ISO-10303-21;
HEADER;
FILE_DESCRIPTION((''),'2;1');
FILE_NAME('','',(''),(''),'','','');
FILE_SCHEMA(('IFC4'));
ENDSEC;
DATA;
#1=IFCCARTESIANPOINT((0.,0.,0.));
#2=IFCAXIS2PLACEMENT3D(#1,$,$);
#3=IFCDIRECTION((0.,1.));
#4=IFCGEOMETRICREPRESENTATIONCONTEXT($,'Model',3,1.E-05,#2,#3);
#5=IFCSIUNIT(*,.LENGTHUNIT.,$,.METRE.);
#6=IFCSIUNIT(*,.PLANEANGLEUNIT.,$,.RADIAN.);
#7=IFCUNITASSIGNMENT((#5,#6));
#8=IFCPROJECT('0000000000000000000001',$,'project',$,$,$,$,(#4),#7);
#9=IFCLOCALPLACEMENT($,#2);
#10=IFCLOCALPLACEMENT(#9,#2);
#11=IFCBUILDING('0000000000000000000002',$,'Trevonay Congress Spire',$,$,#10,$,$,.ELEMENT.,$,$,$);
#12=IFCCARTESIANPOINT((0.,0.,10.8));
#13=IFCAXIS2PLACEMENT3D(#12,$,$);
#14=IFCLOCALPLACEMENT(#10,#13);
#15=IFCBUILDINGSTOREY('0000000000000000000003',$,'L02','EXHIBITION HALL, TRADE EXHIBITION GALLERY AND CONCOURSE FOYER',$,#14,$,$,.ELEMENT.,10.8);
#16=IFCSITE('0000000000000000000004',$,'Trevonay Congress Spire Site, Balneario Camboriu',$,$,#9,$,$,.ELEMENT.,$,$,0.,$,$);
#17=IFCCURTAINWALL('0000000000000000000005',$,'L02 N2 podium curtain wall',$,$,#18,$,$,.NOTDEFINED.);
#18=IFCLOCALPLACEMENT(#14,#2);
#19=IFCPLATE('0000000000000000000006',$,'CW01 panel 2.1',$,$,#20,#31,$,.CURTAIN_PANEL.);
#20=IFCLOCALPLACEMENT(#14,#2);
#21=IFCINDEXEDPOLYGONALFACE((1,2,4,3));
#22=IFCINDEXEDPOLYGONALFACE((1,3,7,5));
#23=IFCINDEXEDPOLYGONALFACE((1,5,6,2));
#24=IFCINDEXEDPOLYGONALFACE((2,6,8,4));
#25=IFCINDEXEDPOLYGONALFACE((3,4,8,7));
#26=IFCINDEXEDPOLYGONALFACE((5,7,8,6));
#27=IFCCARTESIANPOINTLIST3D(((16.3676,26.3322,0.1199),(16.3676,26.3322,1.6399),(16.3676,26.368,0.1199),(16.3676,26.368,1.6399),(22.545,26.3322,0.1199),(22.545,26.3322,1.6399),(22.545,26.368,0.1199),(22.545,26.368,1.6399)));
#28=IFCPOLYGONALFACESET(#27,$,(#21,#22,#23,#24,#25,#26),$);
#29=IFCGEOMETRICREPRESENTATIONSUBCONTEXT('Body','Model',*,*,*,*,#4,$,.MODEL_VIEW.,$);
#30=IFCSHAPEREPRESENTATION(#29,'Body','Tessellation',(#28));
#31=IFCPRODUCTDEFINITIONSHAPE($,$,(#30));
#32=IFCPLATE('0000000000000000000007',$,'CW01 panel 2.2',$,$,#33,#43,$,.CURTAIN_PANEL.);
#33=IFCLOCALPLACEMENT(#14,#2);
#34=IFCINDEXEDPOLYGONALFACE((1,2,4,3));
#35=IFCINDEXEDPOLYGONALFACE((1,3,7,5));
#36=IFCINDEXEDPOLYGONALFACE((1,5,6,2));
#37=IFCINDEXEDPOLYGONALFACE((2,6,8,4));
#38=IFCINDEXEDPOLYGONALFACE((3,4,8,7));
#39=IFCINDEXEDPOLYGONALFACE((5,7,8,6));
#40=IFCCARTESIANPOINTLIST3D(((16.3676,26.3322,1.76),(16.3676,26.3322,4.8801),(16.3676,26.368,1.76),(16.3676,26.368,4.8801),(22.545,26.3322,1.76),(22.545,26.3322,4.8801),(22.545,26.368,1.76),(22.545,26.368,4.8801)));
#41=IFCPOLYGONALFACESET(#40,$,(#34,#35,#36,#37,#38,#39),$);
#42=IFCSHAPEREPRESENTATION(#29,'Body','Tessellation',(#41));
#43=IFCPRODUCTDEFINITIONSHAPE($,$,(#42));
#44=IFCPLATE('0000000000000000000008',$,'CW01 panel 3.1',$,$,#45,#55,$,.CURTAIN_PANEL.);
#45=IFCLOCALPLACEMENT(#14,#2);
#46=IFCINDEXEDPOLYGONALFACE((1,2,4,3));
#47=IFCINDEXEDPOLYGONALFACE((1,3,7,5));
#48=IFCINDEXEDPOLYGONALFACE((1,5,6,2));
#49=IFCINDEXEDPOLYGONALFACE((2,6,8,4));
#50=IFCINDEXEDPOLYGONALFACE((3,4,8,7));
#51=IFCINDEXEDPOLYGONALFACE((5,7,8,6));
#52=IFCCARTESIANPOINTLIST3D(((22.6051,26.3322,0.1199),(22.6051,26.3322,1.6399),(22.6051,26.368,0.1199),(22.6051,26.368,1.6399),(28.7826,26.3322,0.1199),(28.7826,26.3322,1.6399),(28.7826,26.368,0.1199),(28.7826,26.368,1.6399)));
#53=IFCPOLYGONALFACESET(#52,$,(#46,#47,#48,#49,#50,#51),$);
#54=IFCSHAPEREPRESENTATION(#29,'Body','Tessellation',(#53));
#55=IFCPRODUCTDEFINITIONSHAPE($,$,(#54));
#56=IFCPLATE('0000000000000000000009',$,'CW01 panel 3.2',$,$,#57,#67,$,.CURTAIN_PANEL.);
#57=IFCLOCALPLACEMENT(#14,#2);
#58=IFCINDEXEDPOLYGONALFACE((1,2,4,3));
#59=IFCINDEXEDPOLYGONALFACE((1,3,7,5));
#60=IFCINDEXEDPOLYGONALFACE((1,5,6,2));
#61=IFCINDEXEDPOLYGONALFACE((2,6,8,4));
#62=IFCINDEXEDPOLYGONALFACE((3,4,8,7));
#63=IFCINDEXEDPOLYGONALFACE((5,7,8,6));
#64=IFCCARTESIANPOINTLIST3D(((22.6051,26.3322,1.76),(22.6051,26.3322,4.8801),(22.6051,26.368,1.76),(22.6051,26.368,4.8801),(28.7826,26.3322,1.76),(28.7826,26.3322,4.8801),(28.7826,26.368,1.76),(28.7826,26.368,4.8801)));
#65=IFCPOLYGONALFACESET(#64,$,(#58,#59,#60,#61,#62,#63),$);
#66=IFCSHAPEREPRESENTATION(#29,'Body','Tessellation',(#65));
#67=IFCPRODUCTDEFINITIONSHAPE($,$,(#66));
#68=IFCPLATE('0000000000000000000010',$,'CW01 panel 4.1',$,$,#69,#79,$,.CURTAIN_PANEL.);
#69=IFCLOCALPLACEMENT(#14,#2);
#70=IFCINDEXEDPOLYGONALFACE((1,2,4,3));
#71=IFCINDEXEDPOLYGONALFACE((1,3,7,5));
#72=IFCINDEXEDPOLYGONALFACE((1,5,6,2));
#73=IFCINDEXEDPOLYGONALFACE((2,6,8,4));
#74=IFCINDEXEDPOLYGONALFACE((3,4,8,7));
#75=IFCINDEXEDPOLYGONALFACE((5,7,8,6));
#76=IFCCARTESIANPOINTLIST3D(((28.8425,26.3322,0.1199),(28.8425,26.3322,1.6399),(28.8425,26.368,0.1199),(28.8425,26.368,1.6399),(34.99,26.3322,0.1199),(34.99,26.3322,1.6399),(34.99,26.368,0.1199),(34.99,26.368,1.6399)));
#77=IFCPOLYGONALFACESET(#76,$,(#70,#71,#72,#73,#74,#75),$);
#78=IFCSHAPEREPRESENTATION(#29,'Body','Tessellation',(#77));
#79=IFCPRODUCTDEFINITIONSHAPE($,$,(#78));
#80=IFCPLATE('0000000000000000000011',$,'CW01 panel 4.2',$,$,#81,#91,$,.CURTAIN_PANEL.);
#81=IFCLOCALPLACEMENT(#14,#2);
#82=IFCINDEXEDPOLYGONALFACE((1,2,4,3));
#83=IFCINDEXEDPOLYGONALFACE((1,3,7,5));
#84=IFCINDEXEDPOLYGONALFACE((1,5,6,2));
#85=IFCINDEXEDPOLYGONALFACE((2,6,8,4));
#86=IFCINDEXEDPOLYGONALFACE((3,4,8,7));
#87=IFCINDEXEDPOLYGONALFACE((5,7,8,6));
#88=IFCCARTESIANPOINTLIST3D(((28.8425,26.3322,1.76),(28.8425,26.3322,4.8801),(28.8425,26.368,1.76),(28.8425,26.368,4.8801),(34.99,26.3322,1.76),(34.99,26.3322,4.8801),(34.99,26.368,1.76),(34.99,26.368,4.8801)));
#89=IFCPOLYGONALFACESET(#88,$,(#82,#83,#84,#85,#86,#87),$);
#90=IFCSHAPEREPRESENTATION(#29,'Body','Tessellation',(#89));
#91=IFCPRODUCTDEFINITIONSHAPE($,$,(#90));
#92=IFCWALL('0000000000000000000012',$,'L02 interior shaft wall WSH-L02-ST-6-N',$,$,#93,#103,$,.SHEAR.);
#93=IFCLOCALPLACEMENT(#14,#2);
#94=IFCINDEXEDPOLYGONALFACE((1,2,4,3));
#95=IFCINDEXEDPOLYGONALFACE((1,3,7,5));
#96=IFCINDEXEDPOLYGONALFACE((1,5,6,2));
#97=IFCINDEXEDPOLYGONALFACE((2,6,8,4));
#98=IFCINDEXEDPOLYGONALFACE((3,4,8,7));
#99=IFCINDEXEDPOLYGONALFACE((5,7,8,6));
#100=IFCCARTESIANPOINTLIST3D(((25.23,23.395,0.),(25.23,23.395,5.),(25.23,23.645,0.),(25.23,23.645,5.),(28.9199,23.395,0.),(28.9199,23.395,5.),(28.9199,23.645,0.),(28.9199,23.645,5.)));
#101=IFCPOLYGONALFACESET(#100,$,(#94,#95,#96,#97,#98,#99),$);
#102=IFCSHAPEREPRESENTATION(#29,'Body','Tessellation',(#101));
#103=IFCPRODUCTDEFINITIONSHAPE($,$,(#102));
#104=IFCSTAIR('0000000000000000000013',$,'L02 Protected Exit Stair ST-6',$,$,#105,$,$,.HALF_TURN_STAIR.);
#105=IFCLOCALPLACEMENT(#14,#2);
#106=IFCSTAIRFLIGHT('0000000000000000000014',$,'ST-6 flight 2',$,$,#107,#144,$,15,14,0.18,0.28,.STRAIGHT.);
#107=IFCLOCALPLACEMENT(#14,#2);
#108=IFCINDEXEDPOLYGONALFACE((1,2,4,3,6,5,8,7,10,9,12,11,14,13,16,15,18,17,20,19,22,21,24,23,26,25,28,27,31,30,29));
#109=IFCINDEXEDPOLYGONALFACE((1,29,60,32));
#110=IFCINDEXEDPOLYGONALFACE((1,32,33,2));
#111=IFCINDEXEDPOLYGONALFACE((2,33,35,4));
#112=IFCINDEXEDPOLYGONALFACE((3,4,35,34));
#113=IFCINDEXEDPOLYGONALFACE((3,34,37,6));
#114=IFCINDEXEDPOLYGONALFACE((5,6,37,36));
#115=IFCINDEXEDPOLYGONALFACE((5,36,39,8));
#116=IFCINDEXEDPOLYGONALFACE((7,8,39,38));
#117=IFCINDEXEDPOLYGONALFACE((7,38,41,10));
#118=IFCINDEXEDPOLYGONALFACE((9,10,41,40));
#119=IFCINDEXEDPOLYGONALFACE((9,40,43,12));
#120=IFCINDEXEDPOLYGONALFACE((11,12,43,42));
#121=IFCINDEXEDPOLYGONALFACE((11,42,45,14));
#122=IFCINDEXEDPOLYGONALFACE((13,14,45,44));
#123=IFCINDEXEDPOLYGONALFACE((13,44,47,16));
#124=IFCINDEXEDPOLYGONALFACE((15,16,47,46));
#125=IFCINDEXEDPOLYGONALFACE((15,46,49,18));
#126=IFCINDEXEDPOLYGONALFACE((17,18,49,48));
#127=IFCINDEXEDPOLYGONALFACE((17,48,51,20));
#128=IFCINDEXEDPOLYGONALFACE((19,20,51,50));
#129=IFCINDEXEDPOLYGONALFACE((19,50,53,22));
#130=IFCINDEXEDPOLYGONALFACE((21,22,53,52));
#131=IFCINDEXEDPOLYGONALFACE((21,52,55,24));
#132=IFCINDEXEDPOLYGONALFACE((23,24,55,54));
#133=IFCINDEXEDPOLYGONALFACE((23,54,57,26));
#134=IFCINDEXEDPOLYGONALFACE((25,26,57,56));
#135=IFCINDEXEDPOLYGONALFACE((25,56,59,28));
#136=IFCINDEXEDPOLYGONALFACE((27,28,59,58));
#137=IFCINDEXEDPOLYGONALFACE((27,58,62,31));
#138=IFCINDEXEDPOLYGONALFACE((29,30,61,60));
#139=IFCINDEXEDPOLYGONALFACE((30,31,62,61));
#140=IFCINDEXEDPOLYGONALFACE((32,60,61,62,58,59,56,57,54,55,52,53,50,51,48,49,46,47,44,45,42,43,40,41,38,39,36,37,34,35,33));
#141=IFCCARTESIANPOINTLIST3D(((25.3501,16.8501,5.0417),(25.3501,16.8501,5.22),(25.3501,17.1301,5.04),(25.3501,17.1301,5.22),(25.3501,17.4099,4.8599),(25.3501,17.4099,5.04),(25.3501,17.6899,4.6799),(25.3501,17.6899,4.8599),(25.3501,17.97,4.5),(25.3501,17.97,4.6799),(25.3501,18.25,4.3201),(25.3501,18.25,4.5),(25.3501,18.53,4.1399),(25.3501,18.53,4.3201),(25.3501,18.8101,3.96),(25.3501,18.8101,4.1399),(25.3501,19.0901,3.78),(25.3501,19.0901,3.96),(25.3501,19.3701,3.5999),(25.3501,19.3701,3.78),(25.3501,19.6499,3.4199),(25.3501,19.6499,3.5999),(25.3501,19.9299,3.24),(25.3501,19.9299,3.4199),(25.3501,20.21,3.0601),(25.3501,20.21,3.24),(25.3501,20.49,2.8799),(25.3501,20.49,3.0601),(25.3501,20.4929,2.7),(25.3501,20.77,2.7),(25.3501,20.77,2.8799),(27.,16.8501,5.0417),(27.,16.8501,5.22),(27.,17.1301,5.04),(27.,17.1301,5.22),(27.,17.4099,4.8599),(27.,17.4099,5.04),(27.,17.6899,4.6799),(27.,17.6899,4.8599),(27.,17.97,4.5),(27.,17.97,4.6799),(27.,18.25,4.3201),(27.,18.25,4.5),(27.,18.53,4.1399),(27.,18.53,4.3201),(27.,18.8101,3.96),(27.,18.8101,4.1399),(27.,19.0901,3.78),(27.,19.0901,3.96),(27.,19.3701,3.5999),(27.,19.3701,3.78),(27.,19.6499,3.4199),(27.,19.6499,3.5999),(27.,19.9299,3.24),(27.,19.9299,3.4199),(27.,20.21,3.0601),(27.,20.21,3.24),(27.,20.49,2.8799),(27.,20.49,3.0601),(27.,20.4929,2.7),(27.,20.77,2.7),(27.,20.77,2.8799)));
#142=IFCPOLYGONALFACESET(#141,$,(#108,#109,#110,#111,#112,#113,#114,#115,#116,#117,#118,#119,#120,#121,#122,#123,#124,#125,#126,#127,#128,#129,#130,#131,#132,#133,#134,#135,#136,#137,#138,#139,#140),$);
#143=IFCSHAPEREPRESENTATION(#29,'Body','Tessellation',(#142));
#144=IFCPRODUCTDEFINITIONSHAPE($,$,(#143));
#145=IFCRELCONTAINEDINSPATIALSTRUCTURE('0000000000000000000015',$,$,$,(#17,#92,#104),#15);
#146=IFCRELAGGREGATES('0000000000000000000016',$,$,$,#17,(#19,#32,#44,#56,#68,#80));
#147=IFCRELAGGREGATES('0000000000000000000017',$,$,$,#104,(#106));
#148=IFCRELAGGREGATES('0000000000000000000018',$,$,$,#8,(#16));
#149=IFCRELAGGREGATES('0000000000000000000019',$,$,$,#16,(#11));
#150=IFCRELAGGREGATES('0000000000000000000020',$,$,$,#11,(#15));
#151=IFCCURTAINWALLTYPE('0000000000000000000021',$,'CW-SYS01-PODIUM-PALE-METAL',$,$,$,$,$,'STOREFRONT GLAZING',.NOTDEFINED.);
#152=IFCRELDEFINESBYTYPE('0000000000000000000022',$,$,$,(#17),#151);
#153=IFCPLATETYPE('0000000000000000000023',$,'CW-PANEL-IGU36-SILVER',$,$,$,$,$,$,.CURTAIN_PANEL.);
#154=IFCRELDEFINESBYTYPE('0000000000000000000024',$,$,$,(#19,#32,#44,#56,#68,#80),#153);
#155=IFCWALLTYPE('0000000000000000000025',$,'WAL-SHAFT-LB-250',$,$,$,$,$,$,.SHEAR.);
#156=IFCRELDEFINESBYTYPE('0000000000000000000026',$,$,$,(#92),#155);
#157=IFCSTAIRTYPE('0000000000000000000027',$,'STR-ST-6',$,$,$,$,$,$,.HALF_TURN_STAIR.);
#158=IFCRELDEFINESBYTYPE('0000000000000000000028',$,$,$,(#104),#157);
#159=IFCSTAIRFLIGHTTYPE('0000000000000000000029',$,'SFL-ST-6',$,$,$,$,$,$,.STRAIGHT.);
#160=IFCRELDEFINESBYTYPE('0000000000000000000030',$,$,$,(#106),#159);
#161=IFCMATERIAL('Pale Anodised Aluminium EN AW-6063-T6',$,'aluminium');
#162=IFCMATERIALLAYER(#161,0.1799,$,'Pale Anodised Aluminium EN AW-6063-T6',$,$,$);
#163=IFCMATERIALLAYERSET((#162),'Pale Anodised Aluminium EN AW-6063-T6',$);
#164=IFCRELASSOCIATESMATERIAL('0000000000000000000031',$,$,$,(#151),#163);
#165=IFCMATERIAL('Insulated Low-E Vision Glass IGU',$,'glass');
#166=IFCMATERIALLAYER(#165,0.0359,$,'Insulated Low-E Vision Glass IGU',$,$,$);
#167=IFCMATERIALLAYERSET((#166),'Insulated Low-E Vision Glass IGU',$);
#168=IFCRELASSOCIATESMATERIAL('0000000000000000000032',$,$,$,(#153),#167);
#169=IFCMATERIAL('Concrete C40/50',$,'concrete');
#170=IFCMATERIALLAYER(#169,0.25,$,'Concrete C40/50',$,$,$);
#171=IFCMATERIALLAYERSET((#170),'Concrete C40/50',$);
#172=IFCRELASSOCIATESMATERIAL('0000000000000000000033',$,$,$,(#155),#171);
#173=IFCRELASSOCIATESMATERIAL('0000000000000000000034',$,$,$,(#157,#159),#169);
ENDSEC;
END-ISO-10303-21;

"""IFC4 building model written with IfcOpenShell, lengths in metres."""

from ifc_helpers import new_model, si_unit, direction, frame, frame_2d, origin, origin_2d, place, context, subcontext, project, spatial, polyline, rectangle, outline, extrude, material, layer, layer_set, type_object, element, aggregate, save


model = new_model("IFC4")

# Units and contexts
model_context = context("Model", 3, precision=1e-05, world=origin(), true_north=direction((0.0, 1.0)))
body_context = subcontext(model_context, "Body", "Model", "MODEL_VIEW")
ifc_project = project(units=[si_unit("LENGTHUNIT", "METRE"), si_unit("PLANEANGLEUNIT", "RADIAN")], contexts=[model_context])

# Site, building, storey
site_placement = place(None, origin())
site = spatial("IfcSite", under=ifc_project, at=site_placement, Name="Trevonay Congress Spire Site, Balneario Camboriu", CompositionType="ELEMENT", RefElevation=0.0)
building_placement = place(site_placement, origin())
building = spatial("IfcBuilding", under=site, at=building_placement, Name="Trevonay Congress Spire", CompositionType="ELEMENT")
storey_placement = place(building_placement, frame((0.0, 0.0, 10.8)))
storey = spatial("IfcBuildingStorey", under=building, at=storey_placement, Name="L02", Description="EXHIBITION HALL, TRADE EXHIBITION GALLERY AND CONCOURSE FOYER", CompositionType="ELEMENT", Elevation=10.8)

# Curtain wall
ifc_material_1 = material(Name="Pale Anodised Aluminium EN AW-6063-T6", Category="aluminium")
ifc_layer_1 = layer(ifc_material_1, 0.1799, Name="Pale Anodised Aluminium EN AW-6063-T6")
ifc_layer_set_1 = layer_set([ifc_layer_1], Name="Pale Anodised Aluminium EN AW-6063-T6")
curtain_wall_type = type_object("IfcCurtainWallType", Name="CW-SYS01-PODIUM-PALE-METAL", ElementType="STOREFRONT GLAZING", PredefinedType="NOTDEFINED", material=ifc_layer_set_1)
curtain_wall_1_placement = place(storey_placement, origin())
curtain_wall_1 = element("IfcCurtainWall", 1, at=curtain_wall_1_placement, inside=storey, type_object=curtain_wall_type, Name="L02 N2 podium curtain wall", PredefinedType="NOTDEFINED")

# Plates
ifc_material_2 = material(Name="Insulated Low-E Vision Glass IGU", Category="glass")
ifc_layer_2 = layer(ifc_material_2, 0.0359, Name="Insulated Low-E Vision Glass IGU")
ifc_layer_set_2 = layer_set([ifc_layer_2], Name="Insulated Low-E Vision Glass IGU")
plate_type = type_object("IfcPlateType", Name="CW-PANEL-IGU36-SILVER", PredefinedType="CURTAIN_PANEL", material=ifc_layer_set_2)
plate_1_placement = place(storey_placement, frame((19.4563, 26.3501, 0.1199), z_axis=(0.0, 0.0, 1.0), x_axis=(1.0, 0.0, 0.0)))
plate_1 = element("IfcPlate", 2, at=plate_1_placement, type_object=plate_type, Name="CW01 panel 2.1", PredefinedType="CURTAIN_PANEL", context=body_context, shape_type="SweptSolid", body=[
    extrude(rectangle(XDim=6.1775, YDim=0.0359, at=origin_2d()), origin(), (0.0, 0.0, 1.0), 1.52),
])
plate_2_placement = place(storey_placement, frame((19.4563, 26.3501, 1.76), z_axis=(0.0, 0.0, 1.0), x_axis=(1.0, 0.0, 0.0)))
plate_2 = element("IfcPlate", 3, at=plate_2_placement, type_object=plate_type, Name="CW01 panel 2.2", PredefinedType="CURTAIN_PANEL", context=body_context, shape_type="SweptSolid", body=[
    extrude(rectangle(XDim=6.1775, YDim=0.0359, at=origin_2d()), origin(), (0.0, 0.0, 1.0), 3.1201),
])
plate_3_placement = place(storey_placement, frame((25.6938, 26.3501, 0.1199), z_axis=(0.0, 0.0, 1.0), x_axis=(1.0, 0.0, 0.0)))
plate_3 = element("IfcPlate", 4, at=plate_3_placement, type_object=plate_type, Name="CW01 panel 3.1", PredefinedType="CURTAIN_PANEL", context=body_context, shape_type="SweptSolid", body=[
    extrude(rectangle(XDim=6.1775, YDim=0.0359, at=origin_2d()), origin(), (0.0, 0.0, 1.0), 1.52),
])
plate_4_placement = place(storey_placement, frame((25.6938, 26.3501, 1.76), z_axis=(0.0, 0.0, 1.0), x_axis=(1.0, 0.0, 0.0)))
plate_4 = element("IfcPlate", 5, at=plate_4_placement, type_object=plate_type, Name="CW01 panel 3.2", PredefinedType="CURTAIN_PANEL", context=body_context, shape_type="SweptSolid", body=[
    extrude(rectangle(XDim=6.1775, YDim=0.0359, at=origin_2d()), origin(), (0.0, 0.0, 1.0), 3.1201),
])
plate_5_placement = place(storey_placement, frame((31.9163, 26.3501, 0.1199), z_axis=(0.0, 0.0, 1.0), x_axis=(1.0, 0.0, 0.0)))
plate_5 = element("IfcPlate", 6, at=plate_5_placement, type_object=plate_type, Name="CW01 panel 4.1", PredefinedType="CURTAIN_PANEL", context=body_context, shape_type="SweptSolid", body=[
    extrude(rectangle(XDim=6.1475, YDim=0.0359, at=origin_2d()), origin(), (0.0, 0.0, 1.0), 1.52),
])
plate_6_placement = place(storey_placement, frame((31.9163, 26.3501, 1.76), z_axis=(0.0, 0.0, 1.0), x_axis=(1.0, 0.0, 0.0)))
plate_6 = element("IfcPlate", 7, at=plate_6_placement, type_object=plate_type, Name="CW01 panel 4.2", PredefinedType="CURTAIN_PANEL", context=body_context, shape_type="SweptSolid", body=[
    extrude(rectangle(XDim=6.1475, YDim=0.0359, at=origin_2d()), origin(), (0.0, 0.0, 1.0), 3.1201),
])
aggregate(curtain_wall_1, [plate_1, plate_2, plate_3, plate_4, plate_5, plate_6])

# Wall
ifc_material_3 = material(Name="Concrete C40/50", Category="concrete")
ifc_layer_3 = layer(ifc_material_3, 0.25, Name="Concrete C40/50")
ifc_layer_set_3 = layer_set([ifc_layer_3], Name="Concrete C40/50")
wall_type = type_object("IfcWallType", Name="WAL-SHAFT-LB-250", PredefinedType="SHEAR", material=ifc_layer_set_3)
wall_placement = place(storey_placement, frame((25.23, 23.52, 0.0), z_axis=(0.0, 0.0, 1.0), x_axis=(1.0, 0.0, 0.0)))
element("IfcWall", 8, at=wall_placement, inside=storey, type_object=wall_type, Name="L02 interior shaft wall WSH-L02-ST-6-N", PredefinedType="SHEAR", context=body_context, shape_type="SweptSolid", body=[
    extrude(rectangle(XDim=3.6899, YDim=0.25, at=frame_2d((1.845, 0.0))), origin(), (0.0, 0.0, 1.0), 5.0),
])

# Stair, stair flight
stair_type = type_object("IfcStairType", Name="STR-ST-6", PredefinedType="HALF_TURN_STAIR", material=ifc_material_3)
stair_placement = place(storey_placement, origin())
stair = element("IfcStair", 9, at=stair_placement, inside=storey, type_object=stair_type, Name="L02 Protected Exit Stair ST-6", PredefinedType="HALF_TURN_STAIR")
stair_flight_type = type_object("IfcStairFlightType", Name="SFL-ST-6", PredefinedType="STRAIGHT", material=ifc_material_3)
stair_flight_placement = place(storey_placement, frame((26.175, 20.77, 2.7), z_axis=(0.0, 0.0, 1.0), x_axis=(0.0, -1.0, 0.0)))
stair_flight = element("IfcStairFlight", 10, at=stair_flight_placement, type_object=stair_flight_type, Name="ST-6 flight 2", NumberOfRisers=15, NumberOfTreads=14, PredefinedType="STRAIGHT", RiserHeight=0.18, TreadLength=0.28, context=body_context, shape_type="SweptSolid", body=[
    extrude(outline(polyline([(0.0, 0.0), (0.0, 0.1799), (0.28, 0.1799), (0.28, 0.3601), (0.5601, 0.3601), (0.5601, 0.54), (0.8401, 0.54), (0.8401, 0.72), (1.1201, 0.72), (1.1201, 0.8999), (1.3999, 0.8999), (1.3999, 1.0801), (1.6799, 1.0801), (1.6799, 1.26), (1.96, 1.26), (1.96, 1.4399), (2.24, 1.4399), (2.24, 1.6201), (2.52, 1.6201), (2.52, 1.8), (2.8, 1.8), (2.8, 1.98), (3.0801, 1.98), (3.0801, 2.1599), (3.3601, 2.1599), (3.3601, 2.3401), (3.6399, 2.3401), (3.6399, 2.52), (3.9199, 2.52), (3.9199, 2.7), (3.9199, 2.3418), (0.2771, 0.0), (0.0, 0.0)])), frame((0.0, 0.825, 0.0), z_axis=(0.0, -1.0, 0.0), x_axis=(1.0, 0.0, 0.0)), (0.0, 0.0, 1.0), 1.6499),
])
aggregate(stair, [stair_flight])

save(model, "model.ifc")
